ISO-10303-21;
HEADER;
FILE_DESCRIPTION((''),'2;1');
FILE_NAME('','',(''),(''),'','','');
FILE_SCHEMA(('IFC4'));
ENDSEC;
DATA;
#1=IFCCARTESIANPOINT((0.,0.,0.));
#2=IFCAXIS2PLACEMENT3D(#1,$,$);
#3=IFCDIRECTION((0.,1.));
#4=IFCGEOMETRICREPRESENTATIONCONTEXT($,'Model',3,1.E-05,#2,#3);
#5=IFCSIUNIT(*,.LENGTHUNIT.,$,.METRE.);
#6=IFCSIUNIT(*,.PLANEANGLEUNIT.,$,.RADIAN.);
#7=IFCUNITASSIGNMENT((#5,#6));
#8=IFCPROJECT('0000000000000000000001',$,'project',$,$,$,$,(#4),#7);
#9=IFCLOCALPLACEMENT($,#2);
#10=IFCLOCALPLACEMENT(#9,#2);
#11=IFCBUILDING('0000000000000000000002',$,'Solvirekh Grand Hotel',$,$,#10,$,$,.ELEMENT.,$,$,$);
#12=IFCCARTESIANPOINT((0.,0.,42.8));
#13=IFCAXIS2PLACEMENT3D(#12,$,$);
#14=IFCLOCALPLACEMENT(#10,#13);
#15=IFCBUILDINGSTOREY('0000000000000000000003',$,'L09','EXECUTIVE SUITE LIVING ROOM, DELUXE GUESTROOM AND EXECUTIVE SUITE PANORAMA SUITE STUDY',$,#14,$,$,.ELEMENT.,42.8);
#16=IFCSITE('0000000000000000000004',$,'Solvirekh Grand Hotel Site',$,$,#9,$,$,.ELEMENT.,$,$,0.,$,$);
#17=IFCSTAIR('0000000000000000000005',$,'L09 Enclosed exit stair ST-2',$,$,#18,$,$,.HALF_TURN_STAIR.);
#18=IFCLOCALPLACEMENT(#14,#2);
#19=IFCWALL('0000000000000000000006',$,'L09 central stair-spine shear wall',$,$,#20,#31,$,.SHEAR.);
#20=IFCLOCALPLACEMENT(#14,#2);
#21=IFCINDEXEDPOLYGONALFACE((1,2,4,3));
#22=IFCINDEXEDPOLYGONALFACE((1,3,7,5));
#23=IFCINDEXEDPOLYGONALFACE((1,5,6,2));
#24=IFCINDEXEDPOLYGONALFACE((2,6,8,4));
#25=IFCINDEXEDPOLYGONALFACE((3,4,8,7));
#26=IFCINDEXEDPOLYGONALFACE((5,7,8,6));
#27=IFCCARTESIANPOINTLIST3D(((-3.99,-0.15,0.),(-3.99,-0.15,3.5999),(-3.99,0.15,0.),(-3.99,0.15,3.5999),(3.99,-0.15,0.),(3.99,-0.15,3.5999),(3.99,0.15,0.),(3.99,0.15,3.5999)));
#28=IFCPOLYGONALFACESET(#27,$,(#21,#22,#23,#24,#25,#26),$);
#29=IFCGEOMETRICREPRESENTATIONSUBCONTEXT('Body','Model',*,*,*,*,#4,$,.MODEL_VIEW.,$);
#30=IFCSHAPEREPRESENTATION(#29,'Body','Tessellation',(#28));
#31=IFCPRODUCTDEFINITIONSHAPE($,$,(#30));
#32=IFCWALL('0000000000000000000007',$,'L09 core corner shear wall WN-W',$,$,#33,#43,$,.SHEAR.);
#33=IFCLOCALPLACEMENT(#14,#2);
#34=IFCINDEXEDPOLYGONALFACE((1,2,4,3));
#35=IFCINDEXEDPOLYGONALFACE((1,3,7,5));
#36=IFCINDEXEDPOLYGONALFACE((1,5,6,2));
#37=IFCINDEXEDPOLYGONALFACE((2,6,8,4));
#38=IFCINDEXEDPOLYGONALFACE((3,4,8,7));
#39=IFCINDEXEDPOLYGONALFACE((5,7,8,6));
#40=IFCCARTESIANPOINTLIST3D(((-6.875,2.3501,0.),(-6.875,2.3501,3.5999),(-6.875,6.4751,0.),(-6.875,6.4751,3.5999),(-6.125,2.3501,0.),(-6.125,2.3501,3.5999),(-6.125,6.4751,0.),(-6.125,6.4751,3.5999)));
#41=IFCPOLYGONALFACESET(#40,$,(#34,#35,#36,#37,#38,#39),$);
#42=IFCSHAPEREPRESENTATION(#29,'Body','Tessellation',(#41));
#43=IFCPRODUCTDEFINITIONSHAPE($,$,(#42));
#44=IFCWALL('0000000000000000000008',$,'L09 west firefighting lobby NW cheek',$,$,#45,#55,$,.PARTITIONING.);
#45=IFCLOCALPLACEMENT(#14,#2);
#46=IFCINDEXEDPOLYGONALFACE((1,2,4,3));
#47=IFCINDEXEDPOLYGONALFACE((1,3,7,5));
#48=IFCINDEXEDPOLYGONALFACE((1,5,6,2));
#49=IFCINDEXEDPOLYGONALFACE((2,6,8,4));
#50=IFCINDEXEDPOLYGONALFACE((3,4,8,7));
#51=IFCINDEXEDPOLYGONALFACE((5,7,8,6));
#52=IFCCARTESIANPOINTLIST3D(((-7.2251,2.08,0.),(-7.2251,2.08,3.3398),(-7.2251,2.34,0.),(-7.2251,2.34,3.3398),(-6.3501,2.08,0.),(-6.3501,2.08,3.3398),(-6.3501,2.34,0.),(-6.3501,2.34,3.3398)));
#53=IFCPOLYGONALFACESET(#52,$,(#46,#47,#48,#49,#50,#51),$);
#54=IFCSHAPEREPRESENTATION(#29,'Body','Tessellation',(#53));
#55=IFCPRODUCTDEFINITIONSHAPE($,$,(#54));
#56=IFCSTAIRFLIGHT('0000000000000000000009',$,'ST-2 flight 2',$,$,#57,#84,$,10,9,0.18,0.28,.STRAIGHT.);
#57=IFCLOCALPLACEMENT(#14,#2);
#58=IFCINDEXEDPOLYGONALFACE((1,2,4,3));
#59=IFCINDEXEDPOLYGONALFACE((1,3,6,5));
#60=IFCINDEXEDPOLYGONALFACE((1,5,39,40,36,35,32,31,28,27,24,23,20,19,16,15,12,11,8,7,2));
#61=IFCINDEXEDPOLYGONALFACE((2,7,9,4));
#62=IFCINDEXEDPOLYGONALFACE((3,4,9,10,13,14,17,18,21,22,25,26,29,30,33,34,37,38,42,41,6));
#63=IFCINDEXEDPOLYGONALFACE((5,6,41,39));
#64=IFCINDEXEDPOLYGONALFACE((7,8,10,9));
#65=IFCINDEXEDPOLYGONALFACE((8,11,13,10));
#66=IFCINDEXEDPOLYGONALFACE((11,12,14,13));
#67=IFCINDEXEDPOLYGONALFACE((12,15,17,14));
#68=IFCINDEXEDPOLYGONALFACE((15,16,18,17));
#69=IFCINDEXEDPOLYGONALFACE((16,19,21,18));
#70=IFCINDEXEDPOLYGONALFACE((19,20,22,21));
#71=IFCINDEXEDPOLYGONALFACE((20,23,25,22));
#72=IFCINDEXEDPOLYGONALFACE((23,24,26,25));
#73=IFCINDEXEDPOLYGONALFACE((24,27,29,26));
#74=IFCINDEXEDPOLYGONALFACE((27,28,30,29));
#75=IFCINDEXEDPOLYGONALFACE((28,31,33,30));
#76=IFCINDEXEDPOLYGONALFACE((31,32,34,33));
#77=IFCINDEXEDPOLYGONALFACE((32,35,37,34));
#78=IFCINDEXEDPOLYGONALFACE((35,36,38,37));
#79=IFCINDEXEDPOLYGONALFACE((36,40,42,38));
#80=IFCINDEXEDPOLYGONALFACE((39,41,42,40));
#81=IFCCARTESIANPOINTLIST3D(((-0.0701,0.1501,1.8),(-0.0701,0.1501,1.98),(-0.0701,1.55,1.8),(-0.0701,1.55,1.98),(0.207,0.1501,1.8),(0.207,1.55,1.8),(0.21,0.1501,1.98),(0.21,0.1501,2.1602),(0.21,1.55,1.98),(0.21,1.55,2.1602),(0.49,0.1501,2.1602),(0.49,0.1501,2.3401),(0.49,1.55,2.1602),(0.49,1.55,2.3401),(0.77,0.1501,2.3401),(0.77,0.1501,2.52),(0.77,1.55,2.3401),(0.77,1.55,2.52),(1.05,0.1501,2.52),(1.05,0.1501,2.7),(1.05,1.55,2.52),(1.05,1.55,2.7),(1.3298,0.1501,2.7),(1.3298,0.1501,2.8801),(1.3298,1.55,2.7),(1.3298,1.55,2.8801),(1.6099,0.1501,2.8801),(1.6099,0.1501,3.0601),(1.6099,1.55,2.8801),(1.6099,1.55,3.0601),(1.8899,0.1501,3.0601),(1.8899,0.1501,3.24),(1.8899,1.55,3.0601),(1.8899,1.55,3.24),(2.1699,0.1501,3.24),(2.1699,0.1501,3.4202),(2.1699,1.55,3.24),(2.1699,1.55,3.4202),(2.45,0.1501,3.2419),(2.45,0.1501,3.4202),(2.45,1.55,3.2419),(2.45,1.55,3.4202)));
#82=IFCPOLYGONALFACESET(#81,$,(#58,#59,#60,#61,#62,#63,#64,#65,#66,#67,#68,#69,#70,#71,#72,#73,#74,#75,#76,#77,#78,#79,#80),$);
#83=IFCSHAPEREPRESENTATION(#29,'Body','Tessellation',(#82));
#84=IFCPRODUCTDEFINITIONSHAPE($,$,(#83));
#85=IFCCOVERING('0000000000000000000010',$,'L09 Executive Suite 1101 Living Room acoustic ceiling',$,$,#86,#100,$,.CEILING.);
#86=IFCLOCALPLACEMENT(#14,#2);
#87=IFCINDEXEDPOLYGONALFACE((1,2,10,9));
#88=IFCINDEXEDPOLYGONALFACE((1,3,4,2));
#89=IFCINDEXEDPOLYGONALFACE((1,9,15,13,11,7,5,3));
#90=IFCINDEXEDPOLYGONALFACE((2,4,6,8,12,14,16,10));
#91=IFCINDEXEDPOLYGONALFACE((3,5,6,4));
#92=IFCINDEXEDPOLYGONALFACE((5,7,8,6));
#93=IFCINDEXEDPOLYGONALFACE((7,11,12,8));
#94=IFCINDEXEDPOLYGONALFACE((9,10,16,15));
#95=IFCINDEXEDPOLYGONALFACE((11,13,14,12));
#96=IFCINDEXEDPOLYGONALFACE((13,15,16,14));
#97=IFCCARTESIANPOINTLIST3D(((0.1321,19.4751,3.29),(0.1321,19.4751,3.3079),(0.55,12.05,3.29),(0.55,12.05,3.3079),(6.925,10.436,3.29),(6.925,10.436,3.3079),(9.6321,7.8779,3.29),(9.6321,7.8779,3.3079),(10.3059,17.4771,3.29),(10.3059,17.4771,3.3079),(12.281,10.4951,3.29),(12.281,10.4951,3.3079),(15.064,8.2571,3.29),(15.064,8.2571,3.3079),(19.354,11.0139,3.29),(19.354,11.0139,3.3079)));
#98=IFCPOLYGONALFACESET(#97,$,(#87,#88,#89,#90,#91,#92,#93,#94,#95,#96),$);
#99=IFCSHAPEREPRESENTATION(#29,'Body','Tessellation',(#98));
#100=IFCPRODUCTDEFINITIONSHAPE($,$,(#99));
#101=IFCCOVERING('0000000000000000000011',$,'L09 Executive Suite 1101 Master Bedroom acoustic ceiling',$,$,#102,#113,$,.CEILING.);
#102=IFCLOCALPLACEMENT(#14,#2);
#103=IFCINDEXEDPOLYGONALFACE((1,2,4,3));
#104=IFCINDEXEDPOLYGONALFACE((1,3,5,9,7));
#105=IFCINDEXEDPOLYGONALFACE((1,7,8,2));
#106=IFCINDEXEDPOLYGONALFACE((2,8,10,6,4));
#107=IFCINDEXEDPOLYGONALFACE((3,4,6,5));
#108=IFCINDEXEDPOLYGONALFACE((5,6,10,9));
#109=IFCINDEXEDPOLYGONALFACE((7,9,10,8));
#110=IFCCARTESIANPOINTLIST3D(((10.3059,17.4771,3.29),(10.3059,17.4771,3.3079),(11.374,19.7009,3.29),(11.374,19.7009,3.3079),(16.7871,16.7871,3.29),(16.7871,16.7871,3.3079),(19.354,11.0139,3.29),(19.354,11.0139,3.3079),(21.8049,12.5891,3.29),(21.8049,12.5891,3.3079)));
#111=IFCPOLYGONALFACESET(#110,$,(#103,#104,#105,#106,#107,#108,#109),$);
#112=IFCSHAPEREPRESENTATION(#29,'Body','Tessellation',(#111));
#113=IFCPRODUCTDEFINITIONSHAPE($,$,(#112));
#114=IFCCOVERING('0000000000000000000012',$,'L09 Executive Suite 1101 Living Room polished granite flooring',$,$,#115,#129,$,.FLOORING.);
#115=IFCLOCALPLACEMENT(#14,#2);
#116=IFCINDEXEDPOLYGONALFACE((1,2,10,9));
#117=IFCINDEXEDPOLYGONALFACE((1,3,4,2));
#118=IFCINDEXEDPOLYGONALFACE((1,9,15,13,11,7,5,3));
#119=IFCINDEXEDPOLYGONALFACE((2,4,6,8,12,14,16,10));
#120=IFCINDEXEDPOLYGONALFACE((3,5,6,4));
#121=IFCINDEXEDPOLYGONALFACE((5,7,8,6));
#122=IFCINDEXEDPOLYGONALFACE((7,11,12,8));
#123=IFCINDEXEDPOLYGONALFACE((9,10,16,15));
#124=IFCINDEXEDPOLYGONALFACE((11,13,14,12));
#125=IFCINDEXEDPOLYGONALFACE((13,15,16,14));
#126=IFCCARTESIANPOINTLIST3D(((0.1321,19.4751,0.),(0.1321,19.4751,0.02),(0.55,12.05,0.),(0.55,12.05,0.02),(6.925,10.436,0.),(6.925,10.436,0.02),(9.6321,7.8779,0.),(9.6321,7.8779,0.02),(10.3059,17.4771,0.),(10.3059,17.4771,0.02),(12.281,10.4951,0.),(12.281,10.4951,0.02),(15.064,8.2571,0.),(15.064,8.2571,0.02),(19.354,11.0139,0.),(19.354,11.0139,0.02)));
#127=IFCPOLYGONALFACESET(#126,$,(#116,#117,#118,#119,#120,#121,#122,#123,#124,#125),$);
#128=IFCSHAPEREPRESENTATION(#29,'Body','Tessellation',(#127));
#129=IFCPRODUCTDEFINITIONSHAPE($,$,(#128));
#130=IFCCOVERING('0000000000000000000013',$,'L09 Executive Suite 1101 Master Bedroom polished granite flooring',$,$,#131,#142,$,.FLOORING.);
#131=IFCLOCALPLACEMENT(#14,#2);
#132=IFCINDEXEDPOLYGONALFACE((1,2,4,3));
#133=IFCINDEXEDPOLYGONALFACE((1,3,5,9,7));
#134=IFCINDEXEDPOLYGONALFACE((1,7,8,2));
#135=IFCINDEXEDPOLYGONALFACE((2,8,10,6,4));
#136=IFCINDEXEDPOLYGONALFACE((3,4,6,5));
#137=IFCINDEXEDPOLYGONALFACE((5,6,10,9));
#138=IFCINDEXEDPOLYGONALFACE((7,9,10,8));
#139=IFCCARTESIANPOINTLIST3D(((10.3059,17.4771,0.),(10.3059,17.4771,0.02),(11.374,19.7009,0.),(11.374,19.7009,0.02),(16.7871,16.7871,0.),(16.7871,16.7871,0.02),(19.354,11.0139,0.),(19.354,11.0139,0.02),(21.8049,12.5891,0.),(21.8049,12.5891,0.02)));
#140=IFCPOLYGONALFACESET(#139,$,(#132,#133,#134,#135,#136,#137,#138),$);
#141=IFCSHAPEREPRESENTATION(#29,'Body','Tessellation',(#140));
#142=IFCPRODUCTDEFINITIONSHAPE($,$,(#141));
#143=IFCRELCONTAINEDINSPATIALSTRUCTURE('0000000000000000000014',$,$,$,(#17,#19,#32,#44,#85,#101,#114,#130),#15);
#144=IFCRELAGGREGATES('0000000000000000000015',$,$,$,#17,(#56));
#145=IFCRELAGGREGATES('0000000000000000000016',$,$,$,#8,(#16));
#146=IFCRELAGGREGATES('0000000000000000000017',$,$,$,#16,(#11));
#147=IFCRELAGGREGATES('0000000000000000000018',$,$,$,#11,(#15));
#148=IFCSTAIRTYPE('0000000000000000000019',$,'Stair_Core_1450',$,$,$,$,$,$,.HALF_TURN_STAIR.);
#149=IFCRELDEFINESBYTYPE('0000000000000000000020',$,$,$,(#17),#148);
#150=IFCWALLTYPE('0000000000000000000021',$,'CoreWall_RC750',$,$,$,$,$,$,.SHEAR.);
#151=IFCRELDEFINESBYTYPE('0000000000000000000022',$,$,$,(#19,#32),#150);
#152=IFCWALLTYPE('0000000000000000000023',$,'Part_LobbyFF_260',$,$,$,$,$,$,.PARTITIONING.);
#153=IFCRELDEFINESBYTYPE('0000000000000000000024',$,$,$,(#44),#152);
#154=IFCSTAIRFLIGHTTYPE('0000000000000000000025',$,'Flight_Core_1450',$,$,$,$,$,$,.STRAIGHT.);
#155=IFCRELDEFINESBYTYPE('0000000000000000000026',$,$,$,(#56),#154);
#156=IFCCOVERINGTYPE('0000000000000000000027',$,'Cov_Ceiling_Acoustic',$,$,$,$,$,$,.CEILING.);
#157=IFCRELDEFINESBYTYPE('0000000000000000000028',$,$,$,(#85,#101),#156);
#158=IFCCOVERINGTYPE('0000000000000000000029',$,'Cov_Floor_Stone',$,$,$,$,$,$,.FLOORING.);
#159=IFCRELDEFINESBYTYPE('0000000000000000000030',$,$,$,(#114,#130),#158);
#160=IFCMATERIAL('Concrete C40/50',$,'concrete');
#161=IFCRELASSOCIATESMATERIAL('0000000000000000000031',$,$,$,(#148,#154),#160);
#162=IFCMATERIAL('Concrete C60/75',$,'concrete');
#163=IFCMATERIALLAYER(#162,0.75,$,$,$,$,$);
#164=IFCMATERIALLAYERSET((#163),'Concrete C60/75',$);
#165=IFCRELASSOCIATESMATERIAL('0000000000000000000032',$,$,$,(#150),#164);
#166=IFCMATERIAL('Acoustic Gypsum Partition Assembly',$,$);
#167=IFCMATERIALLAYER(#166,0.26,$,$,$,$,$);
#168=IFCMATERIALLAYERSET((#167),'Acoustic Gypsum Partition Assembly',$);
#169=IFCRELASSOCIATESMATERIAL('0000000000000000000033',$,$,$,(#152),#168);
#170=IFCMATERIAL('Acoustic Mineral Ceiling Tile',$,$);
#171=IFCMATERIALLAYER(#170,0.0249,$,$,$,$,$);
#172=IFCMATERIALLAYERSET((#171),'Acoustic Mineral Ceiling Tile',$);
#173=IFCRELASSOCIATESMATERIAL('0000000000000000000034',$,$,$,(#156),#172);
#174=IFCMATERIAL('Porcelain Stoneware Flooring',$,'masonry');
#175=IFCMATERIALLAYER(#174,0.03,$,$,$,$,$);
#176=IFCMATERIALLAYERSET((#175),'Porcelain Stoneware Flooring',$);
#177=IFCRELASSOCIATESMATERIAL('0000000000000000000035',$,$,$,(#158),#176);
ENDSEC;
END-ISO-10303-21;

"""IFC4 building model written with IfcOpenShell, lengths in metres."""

from ifc_helpers import new_model, si_unit, direction, frame, frame_2d, origin, place, context, subcontext, project, spatial, polyline, rectangle, outline, extrude, material, layer, layer_set, type_object, element, aggregate, save


model = new_model("IFC4")

# Units and contexts
model_context = context("Model", 3, precision=1e-05, world=origin(), true_north=direction((0.0, 1.0)))
body_context = subcontext(model_context, "Body", "Model", "MODEL_VIEW")
ifc_project = project(units=[si_unit("LENGTHUNIT", "METRE"), si_unit("PLANEANGLEUNIT", "RADIAN")], contexts=[model_context])

# Site, building, storey
site_placement = place(None, origin())
site = spatial("IfcSite", under=ifc_project, at=site_placement, Name="Solvirekh Grand Hotel Site", CompositionType="ELEMENT", RefElevation=0.0)
building_placement = place(site_placement, origin())
building = spatial("IfcBuilding", under=site, at=building_placement, Name="Solvirekh Grand Hotel", CompositionType="ELEMENT")
storey_placement = place(building_placement, frame((0.0, 0.0, 42.8)))
storey = spatial("IfcBuildingStorey", under=building, at=storey_placement, Name="L09", Description="EXECUTIVE SUITE LIVING ROOM, DELUXE GUESTROOM AND EXECUTIVE SUITE PANORAMA SUITE STUDY", CompositionType="ELEMENT", Elevation=42.8)

# Stair
ifc_material_1 = material(Name="Concrete C40/50", Category="concrete")
stair_type = type_object("IfcStairType", Name="Stair_Core_1450", PredefinedType="HALF_TURN_STAIR", material=ifc_material_1)
stair_1_placement = place(storey_placement, origin())
stair_1 = element("IfcStair", 1, at=stair_1_placement, inside=storey, type_object=stair_type, Name="L09 Enclosed exit stair ST-2", PredefinedType="HALF_TURN_STAIR")

# Walls
ifc_material_2 = material(Name="Concrete C60/75", Category="concrete")
ifc_layer_1 = layer(ifc_material_2, 0.75)
ifc_layer_set_1 = layer_set([ifc_layer_1], Name="Concrete C60/75")
wall_type_1 = type_object("IfcWallType", Name="CoreWall_RC750", PredefinedType="SHEAR", material=ifc_layer_set_1)
wall_1_placement = place(storey_placement, frame((-3.99, 0.0, 0.0), z_axis=(0.0, 0.0, 1.0), x_axis=(1.0, 0.0, 0.0)))
element("IfcWall", 2, at=wall_1_placement, inside=storey, type_object=wall_type_1, Name="L09 central stair-spine shear wall", PredefinedType="SHEAR", context=body_context, shape_type="SweptSolid", body=[
    extrude(rectangle(XDim=7.98, YDim=0.3, at=frame_2d((3.99, 0.0))), origin(), (0.0, 0.0, 1.0), 3.5999),
])
wall_2_placement = place(storey_placement, frame((-6.5, 2.3501, 0.0), z_axis=(0.0, 0.0, 1.0), x_axis=(0.0, 1.0, 0.0)))
element("IfcWall", 3, at=wall_2_placement, inside=storey, type_object=wall_type_1, Name="L09 core corner shear wall WN-W", PredefinedType="SHEAR", context=body_context, shape_type="SweptSolid", body=[
    extrude(rectangle(XDim=4.125, YDim=0.75, at=frame_2d((2.0625, 0.0))), origin(), (0.0, 0.0, 1.0), 3.5999),
])
ifc_material_3 = material(Name="Acoustic Gypsum Partition Assembly")
ifc_layer_2 = layer(ifc_material_3, 0.26)
ifc_layer_set_2 = layer_set([ifc_layer_2], Name="Acoustic Gypsum Partition Assembly")
wall_type_2 = type_object("IfcWallType", Name="Part_LobbyFF_260", PredefinedType="PARTITIONING", material=ifc_layer_set_2)
wall_3_placement = place(storey_placement, frame((-7.2251, 2.21, 0.0), z_axis=(0.0, 0.0, 1.0), x_axis=(1.0, 0.0, 0.0)))
element("IfcWall", 4, at=wall_3_placement, inside=storey, type_object=wall_type_2, Name="L09 west firefighting lobby NW cheek", PredefinedType="PARTITIONING", context=body_context, shape_type="SweptSolid", body=[
    extrude(rectangle(XDim=0.875, YDim=0.26, at=frame_2d((0.4375, 0.0))), origin(), (0.0, 0.0, 1.0), 3.3398),
])

# Stair flight
stair_flight_type = type_object("IfcStairFlightType", Name="Flight_Core_1450", PredefinedType="STRAIGHT", material=ifc_material_1)
stair_flight_placement = place(storey_placement, frame((-0.0701, 0.8501, 1.8), z_axis=(0.0, 0.0, 1.0), x_axis=(1.0, 0.0, 0.0)))
stair_flight = element("IfcStairFlight", 5, at=stair_flight_placement, type_object=stair_flight_type, Name="ST-2 flight 2", NumberOfRisers=10, NumberOfTreads=9, PredefinedType="STRAIGHT", RiserHeight=0.18, TreadLength=0.28, context=body_context, shape_type="SweptSolid", body=[
    extrude(outline(polyline([(0.0, 0.0), (0.0, 0.1799), (0.28, 0.1799), (0.28, 0.3601), (0.5601, 0.3601), (0.5601, 0.54), (0.8401, 0.54), (0.8401, 0.72), (1.1201, 0.72), (1.1201, 0.8999), (1.3999, 0.8999), (1.3999, 1.0801), (1.6799, 1.0801), (1.6799, 1.26), (1.96, 1.26), (1.96, 1.4399), (2.24, 1.4399), (2.24, 1.6201), (2.52, 1.6201), (2.52, 1.8), (2.52, 1.4419), (0.2771, 0.0), (0.0, 0.0)])), frame((0.0, 0.7, 0.0), z_axis=(0.0, -1.0, 0.0), x_axis=(1.0, 0.0, 0.0)), (0.0, 0.0, 1.0), 1.3999),
])
aggregate(stair_1, [stair_flight])

# Coverings
ifc_material_4 = material(Name="Acoustic Mineral Ceiling Tile")
ifc_layer_3 = layer(ifc_material_4, 0.0249)
ifc_layer_set_3 = layer_set([ifc_layer_3], Name="Acoustic Mineral Ceiling Tile")
covering_type_1 = type_object("IfcCoveringType", Name="Cov_Ceiling_Acoustic", PredefinedType="CEILING", material=ifc_layer_set_3)
covering_1_placement = place(storey_placement, frame((0.0, 0.0, 3.29)))
element("IfcCovering", 6, at=covering_1_placement, inside=storey, type_object=covering_type_1, Name="L09 Executive Suite 1101 Living Room acoustic ceiling", PredefinedType="CEILING", context=body_context, shape_type="SweptSolid", body=[
    extrude(outline(polyline([(12.281, 10.4951), (15.064, 8.2571), (19.354, 11.0139), (10.3059, 17.4771), (0.1321, 19.4751), (0.55, 12.05), (6.925, 10.436), (9.6321, 7.8779), (12.281, 10.4951)])), origin(), (0.0, 0.0, 1.0), 0.0178),
])
covering_2_placement = place(storey_placement, frame((0.0, 0.0, 3.29)))
element("IfcCovering", 7, at=covering_2_placement, inside=storey, type_object=covering_type_1, Name="L09 Executive Suite 1101 Master Bedroom acoustic ceiling", PredefinedType="CEILING", context=body_context, shape_type="SweptSolid", body=[
    extrude(outline(polyline([(21.8049, 12.5891), (16.7871, 16.7871), (11.374, 19.7009), (10.3059, 17.4771), (19.354, 11.0139), (21.8049, 12.5891)])), origin(), (0.0, 0.0, 1.0), 0.0178),
])
ifc_material_5 = material(Name="Porcelain Stoneware Flooring", Category="masonry")
ifc_layer_4 = layer(ifc_material_5, 0.03)
ifc_layer_set_4 = layer_set([ifc_layer_4], Name="Porcelain Stoneware Flooring")
covering_type_2 = type_object("IfcCoveringType", Name="Cov_Floor_Stone", PredefinedType="FLOORING", material=ifc_layer_set_4)
covering_3_placement = place(storey_placement, origin())
element("IfcCovering", 8, at=covering_3_placement, inside=storey, type_object=covering_type_2, Name="L09 Executive Suite 1101 Living Room polished granite flooring", PredefinedType="FLOORING", context=body_context, shape_type="SweptSolid", body=[
    extrude(outline(polyline([(12.281, 10.4951), (15.064, 8.2571), (19.354, 11.0139), (10.3059, 17.4771), (0.1321, 19.4751), (0.55, 12.05), (6.925, 10.436), (9.6321, 7.8779), (12.281, 10.4951)])), origin(), (0.0, 0.0, 1.0), 0.02),
])
covering_4_placement = place(storey_placement, origin())
element("IfcCovering", 9, at=covering_4_placement, inside=storey, type_object=covering_type_2, Name="L09 Executive Suite 1101 Master Bedroom polished granite flooring", PredefinedType="FLOORING", context=body_context, shape_type="SweptSolid", body=[
    extrude(outline(polyline([(21.8049, 12.5891), (16.7871, 16.7871), (11.374, 19.7009), (10.3059, 17.4771), (19.354, 11.0139), (21.8049, 12.5891)])), origin(), (0.0, 0.0, 1.0), 0.02),
])

save(model, "model.ifc")
